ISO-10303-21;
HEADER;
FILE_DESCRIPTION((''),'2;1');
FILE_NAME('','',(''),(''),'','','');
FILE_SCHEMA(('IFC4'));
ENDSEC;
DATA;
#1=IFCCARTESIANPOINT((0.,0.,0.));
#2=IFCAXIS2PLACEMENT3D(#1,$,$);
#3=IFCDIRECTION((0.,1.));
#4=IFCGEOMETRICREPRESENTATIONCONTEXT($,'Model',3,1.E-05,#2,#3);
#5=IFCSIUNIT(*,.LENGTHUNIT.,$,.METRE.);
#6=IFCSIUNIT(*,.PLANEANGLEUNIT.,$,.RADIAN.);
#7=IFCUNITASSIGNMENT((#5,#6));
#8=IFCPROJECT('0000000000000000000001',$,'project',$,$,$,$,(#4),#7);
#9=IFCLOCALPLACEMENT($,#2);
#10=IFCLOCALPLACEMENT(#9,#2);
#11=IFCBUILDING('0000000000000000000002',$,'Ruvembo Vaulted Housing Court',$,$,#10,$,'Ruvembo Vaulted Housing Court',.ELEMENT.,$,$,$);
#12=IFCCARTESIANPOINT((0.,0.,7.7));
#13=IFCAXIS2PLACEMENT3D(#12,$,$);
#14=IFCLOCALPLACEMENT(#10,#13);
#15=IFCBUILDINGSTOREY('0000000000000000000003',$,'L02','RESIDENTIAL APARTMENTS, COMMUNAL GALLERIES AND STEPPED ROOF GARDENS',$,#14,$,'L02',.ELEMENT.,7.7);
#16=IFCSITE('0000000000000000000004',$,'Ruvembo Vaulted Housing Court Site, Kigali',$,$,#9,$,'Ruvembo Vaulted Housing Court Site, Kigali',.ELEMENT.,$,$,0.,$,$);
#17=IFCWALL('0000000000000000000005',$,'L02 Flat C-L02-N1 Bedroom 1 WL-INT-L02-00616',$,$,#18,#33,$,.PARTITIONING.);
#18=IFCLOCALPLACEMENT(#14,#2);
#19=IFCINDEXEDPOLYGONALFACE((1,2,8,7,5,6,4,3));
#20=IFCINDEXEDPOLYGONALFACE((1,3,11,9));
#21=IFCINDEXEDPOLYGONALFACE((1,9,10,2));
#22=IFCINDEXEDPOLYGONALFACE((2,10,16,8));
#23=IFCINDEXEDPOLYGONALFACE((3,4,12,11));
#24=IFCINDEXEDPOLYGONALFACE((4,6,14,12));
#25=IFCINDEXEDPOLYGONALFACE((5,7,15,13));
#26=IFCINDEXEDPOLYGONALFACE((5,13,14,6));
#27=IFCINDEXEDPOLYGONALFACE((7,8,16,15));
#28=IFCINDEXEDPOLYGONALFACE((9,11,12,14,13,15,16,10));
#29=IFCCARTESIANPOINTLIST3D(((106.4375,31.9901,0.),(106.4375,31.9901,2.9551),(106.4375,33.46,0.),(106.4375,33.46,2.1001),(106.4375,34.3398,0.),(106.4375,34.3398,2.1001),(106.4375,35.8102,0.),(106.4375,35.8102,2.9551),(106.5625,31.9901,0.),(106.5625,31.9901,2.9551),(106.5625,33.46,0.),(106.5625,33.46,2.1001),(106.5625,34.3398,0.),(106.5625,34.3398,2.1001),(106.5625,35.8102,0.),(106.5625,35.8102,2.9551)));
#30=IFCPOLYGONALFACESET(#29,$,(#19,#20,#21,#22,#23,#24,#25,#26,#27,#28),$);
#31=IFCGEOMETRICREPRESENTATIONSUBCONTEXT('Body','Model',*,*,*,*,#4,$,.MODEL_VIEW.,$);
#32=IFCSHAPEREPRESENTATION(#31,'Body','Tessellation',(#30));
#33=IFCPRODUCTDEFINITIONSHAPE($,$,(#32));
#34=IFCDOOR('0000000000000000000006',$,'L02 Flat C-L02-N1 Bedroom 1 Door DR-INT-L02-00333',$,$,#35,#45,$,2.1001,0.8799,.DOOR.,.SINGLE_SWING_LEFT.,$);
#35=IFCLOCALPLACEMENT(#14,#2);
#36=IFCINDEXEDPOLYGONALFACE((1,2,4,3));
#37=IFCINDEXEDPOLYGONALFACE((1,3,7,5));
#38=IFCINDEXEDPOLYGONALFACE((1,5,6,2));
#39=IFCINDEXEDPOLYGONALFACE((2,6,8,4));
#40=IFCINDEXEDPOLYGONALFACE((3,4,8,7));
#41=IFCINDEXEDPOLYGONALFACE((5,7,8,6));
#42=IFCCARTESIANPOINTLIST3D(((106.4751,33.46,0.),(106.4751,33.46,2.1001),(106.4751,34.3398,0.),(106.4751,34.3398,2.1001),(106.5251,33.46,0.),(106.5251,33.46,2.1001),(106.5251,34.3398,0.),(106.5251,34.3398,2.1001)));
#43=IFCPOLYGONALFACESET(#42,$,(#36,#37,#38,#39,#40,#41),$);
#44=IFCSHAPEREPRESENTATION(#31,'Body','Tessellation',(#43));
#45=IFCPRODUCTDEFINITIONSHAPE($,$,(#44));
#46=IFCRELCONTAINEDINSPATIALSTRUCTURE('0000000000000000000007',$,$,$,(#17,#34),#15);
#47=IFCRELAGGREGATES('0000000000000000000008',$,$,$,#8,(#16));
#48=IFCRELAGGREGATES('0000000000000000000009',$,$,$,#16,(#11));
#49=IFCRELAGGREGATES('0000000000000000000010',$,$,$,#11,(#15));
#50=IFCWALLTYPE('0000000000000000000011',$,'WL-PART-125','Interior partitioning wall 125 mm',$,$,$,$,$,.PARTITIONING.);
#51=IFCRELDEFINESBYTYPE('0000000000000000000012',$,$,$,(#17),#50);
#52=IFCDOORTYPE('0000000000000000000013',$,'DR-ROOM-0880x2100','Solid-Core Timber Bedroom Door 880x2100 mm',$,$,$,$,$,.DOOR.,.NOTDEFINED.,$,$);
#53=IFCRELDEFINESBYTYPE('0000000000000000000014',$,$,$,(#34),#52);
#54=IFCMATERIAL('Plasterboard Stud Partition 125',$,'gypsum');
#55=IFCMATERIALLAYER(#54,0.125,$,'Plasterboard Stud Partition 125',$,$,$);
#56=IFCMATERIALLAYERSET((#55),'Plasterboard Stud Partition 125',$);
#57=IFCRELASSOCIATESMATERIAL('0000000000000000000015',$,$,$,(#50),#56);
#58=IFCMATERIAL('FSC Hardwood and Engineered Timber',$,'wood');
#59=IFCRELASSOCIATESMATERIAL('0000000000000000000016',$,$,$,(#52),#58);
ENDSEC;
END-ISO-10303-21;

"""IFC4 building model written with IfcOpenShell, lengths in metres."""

from ifc_helpers import new_model, si_unit, direction, frame, frame_2d, origin, place, context, subcontext, project, spatial, rectangle, extrude, material, layer, layer_set, type_object, element, fill, save


model = new_model("IFC4")

# Units and contexts
model_context = context("Model", 3, precision=1e-05, world=origin(), true_north=direction((0.0, 1.0)))
body_context = subcontext(model_context, "Body", "Model", "MODEL_VIEW")
ifc_project = project(units=[si_unit("LENGTHUNIT", "METRE"), si_unit("PLANEANGLEUNIT", "RADIAN")], contexts=[model_context])

# Site, building, storey
site_placement = place(None, origin())
site = spatial("IfcSite", under=ifc_project, at=site_placement, Name="Ruvembo Vaulted Housing Court Site, Kigali", LongName="Ruvembo Vaulted Housing Court Site, Kigali", CompositionType="ELEMENT", RefElevation=0.0)
building_placement = place(site_placement, origin())
building = spatial("IfcBuilding", under=site, at=building_placement, Name="Ruvembo Vaulted Housing Court", LongName="Ruvembo Vaulted Housing Court", CompositionType="ELEMENT")
storey_placement = place(building_placement, frame((0.0, 0.0, 7.7)))
storey = spatial("IfcBuildingStorey", under=building, at=storey_placement, Name="L02", Description="RESIDENTIAL APARTMENTS, COMMUNAL GALLERIES AND STEPPED ROOF GARDENS", LongName="L02", CompositionType="ELEMENT", Elevation=7.7)

# Wall, opening, door
ifc_material_1 = material(Name="Plasterboard Stud Partition 125", Category="gypsum")
ifc_layer_1 = layer(ifc_material_1, 0.125, Name="Plasterboard Stud Partition 125")
ifc_layer_set_1 = layer_set([ifc_layer_1], Name="Plasterboard Stud Partition 125")
wall_type_1 = type_object("IfcWallType", Name="WL-PART-125", Description="Interior partitioning wall 125 mm", PredefinedType="PARTITIONING", material=ifc_layer_set_1)
wall_1_placement = place(storey_placement, frame((106.5, 31.99, 0.0), z_axis=(0.0, 0.0, 1.0), x_axis=(0.0, 1.0, 0.0)))
wall_1 = element("IfcWall", 1, at=wall_1_placement, inside=storey, type_object=wall_type_1, Name="L02 Flat C-L02-N1 Bedroom 1 WL-INT-L02-00616", PredefinedType="PARTITIONING", context=body_context, shape_type="SweptSolid", body=[
    extrude(rectangle(XDim=3.8201, YDim=0.125, at=frame_2d((1.9102, 0.0))), origin(), (0.0, 0.0, 1.0), 2.9551),
])
opening_1_placement = place(wall_1_placement, frame((1.47, 0.0, 0.0)))
opening_1 = element("IfcOpeningElement", 2, at=opening_1_placement, cuts=wall_1, PredefinedType="OPENING", context=body_context, shape_type="SweptSolid", body=[
    extrude(rectangle(XDim=0.8799, YDim=2.1001, at=frame_2d((0.4399, 1.05))), frame((0.0, 0.0725, 0.0), z_axis=(0.0, -1.0, 0.0), x_axis=(1.0, 0.0, 0.0)), (0.0, 0.0, 1.0), 0.145),
])
ifc_material_2 = material(Name="FSC Hardwood and Engineered Timber", Category="wood")
door_type = type_object("IfcDoorType", Name="DR-ROOM-0880x2100", Description="Solid-Core Timber Bedroom Door 880x2100 mm", OperationType="NOTDEFINED", PredefinedType="DOOR", material=ifc_material_2)
door_placement = place(opening_1_placement, origin())
door = element("IfcDoor", 3, at=door_placement, inside=storey, type_object=door_type, Name="L02 Flat C-L02-N1 Bedroom 1 Door DR-INT-L02-00333", OperationType="SINGLE_SWING_LEFT", OverallHeight=2.1001, OverallWidth=0.8799, PredefinedType="DOOR", context=body_context, shape_type="SweptSolid", body=[
    extrude(rectangle(XDim=0.8799, YDim=2.1001, at=frame_2d((0.4399, 1.05))), frame((0.0, 0.0249, 0.0), z_axis=(0.0, -1.0, 0.0), x_axis=(1.0, 0.0, 0.0)), (0.0, 0.0, 1.0), 0.05),
])
fill(opening_1, door)

save(model, "model.ifc")
